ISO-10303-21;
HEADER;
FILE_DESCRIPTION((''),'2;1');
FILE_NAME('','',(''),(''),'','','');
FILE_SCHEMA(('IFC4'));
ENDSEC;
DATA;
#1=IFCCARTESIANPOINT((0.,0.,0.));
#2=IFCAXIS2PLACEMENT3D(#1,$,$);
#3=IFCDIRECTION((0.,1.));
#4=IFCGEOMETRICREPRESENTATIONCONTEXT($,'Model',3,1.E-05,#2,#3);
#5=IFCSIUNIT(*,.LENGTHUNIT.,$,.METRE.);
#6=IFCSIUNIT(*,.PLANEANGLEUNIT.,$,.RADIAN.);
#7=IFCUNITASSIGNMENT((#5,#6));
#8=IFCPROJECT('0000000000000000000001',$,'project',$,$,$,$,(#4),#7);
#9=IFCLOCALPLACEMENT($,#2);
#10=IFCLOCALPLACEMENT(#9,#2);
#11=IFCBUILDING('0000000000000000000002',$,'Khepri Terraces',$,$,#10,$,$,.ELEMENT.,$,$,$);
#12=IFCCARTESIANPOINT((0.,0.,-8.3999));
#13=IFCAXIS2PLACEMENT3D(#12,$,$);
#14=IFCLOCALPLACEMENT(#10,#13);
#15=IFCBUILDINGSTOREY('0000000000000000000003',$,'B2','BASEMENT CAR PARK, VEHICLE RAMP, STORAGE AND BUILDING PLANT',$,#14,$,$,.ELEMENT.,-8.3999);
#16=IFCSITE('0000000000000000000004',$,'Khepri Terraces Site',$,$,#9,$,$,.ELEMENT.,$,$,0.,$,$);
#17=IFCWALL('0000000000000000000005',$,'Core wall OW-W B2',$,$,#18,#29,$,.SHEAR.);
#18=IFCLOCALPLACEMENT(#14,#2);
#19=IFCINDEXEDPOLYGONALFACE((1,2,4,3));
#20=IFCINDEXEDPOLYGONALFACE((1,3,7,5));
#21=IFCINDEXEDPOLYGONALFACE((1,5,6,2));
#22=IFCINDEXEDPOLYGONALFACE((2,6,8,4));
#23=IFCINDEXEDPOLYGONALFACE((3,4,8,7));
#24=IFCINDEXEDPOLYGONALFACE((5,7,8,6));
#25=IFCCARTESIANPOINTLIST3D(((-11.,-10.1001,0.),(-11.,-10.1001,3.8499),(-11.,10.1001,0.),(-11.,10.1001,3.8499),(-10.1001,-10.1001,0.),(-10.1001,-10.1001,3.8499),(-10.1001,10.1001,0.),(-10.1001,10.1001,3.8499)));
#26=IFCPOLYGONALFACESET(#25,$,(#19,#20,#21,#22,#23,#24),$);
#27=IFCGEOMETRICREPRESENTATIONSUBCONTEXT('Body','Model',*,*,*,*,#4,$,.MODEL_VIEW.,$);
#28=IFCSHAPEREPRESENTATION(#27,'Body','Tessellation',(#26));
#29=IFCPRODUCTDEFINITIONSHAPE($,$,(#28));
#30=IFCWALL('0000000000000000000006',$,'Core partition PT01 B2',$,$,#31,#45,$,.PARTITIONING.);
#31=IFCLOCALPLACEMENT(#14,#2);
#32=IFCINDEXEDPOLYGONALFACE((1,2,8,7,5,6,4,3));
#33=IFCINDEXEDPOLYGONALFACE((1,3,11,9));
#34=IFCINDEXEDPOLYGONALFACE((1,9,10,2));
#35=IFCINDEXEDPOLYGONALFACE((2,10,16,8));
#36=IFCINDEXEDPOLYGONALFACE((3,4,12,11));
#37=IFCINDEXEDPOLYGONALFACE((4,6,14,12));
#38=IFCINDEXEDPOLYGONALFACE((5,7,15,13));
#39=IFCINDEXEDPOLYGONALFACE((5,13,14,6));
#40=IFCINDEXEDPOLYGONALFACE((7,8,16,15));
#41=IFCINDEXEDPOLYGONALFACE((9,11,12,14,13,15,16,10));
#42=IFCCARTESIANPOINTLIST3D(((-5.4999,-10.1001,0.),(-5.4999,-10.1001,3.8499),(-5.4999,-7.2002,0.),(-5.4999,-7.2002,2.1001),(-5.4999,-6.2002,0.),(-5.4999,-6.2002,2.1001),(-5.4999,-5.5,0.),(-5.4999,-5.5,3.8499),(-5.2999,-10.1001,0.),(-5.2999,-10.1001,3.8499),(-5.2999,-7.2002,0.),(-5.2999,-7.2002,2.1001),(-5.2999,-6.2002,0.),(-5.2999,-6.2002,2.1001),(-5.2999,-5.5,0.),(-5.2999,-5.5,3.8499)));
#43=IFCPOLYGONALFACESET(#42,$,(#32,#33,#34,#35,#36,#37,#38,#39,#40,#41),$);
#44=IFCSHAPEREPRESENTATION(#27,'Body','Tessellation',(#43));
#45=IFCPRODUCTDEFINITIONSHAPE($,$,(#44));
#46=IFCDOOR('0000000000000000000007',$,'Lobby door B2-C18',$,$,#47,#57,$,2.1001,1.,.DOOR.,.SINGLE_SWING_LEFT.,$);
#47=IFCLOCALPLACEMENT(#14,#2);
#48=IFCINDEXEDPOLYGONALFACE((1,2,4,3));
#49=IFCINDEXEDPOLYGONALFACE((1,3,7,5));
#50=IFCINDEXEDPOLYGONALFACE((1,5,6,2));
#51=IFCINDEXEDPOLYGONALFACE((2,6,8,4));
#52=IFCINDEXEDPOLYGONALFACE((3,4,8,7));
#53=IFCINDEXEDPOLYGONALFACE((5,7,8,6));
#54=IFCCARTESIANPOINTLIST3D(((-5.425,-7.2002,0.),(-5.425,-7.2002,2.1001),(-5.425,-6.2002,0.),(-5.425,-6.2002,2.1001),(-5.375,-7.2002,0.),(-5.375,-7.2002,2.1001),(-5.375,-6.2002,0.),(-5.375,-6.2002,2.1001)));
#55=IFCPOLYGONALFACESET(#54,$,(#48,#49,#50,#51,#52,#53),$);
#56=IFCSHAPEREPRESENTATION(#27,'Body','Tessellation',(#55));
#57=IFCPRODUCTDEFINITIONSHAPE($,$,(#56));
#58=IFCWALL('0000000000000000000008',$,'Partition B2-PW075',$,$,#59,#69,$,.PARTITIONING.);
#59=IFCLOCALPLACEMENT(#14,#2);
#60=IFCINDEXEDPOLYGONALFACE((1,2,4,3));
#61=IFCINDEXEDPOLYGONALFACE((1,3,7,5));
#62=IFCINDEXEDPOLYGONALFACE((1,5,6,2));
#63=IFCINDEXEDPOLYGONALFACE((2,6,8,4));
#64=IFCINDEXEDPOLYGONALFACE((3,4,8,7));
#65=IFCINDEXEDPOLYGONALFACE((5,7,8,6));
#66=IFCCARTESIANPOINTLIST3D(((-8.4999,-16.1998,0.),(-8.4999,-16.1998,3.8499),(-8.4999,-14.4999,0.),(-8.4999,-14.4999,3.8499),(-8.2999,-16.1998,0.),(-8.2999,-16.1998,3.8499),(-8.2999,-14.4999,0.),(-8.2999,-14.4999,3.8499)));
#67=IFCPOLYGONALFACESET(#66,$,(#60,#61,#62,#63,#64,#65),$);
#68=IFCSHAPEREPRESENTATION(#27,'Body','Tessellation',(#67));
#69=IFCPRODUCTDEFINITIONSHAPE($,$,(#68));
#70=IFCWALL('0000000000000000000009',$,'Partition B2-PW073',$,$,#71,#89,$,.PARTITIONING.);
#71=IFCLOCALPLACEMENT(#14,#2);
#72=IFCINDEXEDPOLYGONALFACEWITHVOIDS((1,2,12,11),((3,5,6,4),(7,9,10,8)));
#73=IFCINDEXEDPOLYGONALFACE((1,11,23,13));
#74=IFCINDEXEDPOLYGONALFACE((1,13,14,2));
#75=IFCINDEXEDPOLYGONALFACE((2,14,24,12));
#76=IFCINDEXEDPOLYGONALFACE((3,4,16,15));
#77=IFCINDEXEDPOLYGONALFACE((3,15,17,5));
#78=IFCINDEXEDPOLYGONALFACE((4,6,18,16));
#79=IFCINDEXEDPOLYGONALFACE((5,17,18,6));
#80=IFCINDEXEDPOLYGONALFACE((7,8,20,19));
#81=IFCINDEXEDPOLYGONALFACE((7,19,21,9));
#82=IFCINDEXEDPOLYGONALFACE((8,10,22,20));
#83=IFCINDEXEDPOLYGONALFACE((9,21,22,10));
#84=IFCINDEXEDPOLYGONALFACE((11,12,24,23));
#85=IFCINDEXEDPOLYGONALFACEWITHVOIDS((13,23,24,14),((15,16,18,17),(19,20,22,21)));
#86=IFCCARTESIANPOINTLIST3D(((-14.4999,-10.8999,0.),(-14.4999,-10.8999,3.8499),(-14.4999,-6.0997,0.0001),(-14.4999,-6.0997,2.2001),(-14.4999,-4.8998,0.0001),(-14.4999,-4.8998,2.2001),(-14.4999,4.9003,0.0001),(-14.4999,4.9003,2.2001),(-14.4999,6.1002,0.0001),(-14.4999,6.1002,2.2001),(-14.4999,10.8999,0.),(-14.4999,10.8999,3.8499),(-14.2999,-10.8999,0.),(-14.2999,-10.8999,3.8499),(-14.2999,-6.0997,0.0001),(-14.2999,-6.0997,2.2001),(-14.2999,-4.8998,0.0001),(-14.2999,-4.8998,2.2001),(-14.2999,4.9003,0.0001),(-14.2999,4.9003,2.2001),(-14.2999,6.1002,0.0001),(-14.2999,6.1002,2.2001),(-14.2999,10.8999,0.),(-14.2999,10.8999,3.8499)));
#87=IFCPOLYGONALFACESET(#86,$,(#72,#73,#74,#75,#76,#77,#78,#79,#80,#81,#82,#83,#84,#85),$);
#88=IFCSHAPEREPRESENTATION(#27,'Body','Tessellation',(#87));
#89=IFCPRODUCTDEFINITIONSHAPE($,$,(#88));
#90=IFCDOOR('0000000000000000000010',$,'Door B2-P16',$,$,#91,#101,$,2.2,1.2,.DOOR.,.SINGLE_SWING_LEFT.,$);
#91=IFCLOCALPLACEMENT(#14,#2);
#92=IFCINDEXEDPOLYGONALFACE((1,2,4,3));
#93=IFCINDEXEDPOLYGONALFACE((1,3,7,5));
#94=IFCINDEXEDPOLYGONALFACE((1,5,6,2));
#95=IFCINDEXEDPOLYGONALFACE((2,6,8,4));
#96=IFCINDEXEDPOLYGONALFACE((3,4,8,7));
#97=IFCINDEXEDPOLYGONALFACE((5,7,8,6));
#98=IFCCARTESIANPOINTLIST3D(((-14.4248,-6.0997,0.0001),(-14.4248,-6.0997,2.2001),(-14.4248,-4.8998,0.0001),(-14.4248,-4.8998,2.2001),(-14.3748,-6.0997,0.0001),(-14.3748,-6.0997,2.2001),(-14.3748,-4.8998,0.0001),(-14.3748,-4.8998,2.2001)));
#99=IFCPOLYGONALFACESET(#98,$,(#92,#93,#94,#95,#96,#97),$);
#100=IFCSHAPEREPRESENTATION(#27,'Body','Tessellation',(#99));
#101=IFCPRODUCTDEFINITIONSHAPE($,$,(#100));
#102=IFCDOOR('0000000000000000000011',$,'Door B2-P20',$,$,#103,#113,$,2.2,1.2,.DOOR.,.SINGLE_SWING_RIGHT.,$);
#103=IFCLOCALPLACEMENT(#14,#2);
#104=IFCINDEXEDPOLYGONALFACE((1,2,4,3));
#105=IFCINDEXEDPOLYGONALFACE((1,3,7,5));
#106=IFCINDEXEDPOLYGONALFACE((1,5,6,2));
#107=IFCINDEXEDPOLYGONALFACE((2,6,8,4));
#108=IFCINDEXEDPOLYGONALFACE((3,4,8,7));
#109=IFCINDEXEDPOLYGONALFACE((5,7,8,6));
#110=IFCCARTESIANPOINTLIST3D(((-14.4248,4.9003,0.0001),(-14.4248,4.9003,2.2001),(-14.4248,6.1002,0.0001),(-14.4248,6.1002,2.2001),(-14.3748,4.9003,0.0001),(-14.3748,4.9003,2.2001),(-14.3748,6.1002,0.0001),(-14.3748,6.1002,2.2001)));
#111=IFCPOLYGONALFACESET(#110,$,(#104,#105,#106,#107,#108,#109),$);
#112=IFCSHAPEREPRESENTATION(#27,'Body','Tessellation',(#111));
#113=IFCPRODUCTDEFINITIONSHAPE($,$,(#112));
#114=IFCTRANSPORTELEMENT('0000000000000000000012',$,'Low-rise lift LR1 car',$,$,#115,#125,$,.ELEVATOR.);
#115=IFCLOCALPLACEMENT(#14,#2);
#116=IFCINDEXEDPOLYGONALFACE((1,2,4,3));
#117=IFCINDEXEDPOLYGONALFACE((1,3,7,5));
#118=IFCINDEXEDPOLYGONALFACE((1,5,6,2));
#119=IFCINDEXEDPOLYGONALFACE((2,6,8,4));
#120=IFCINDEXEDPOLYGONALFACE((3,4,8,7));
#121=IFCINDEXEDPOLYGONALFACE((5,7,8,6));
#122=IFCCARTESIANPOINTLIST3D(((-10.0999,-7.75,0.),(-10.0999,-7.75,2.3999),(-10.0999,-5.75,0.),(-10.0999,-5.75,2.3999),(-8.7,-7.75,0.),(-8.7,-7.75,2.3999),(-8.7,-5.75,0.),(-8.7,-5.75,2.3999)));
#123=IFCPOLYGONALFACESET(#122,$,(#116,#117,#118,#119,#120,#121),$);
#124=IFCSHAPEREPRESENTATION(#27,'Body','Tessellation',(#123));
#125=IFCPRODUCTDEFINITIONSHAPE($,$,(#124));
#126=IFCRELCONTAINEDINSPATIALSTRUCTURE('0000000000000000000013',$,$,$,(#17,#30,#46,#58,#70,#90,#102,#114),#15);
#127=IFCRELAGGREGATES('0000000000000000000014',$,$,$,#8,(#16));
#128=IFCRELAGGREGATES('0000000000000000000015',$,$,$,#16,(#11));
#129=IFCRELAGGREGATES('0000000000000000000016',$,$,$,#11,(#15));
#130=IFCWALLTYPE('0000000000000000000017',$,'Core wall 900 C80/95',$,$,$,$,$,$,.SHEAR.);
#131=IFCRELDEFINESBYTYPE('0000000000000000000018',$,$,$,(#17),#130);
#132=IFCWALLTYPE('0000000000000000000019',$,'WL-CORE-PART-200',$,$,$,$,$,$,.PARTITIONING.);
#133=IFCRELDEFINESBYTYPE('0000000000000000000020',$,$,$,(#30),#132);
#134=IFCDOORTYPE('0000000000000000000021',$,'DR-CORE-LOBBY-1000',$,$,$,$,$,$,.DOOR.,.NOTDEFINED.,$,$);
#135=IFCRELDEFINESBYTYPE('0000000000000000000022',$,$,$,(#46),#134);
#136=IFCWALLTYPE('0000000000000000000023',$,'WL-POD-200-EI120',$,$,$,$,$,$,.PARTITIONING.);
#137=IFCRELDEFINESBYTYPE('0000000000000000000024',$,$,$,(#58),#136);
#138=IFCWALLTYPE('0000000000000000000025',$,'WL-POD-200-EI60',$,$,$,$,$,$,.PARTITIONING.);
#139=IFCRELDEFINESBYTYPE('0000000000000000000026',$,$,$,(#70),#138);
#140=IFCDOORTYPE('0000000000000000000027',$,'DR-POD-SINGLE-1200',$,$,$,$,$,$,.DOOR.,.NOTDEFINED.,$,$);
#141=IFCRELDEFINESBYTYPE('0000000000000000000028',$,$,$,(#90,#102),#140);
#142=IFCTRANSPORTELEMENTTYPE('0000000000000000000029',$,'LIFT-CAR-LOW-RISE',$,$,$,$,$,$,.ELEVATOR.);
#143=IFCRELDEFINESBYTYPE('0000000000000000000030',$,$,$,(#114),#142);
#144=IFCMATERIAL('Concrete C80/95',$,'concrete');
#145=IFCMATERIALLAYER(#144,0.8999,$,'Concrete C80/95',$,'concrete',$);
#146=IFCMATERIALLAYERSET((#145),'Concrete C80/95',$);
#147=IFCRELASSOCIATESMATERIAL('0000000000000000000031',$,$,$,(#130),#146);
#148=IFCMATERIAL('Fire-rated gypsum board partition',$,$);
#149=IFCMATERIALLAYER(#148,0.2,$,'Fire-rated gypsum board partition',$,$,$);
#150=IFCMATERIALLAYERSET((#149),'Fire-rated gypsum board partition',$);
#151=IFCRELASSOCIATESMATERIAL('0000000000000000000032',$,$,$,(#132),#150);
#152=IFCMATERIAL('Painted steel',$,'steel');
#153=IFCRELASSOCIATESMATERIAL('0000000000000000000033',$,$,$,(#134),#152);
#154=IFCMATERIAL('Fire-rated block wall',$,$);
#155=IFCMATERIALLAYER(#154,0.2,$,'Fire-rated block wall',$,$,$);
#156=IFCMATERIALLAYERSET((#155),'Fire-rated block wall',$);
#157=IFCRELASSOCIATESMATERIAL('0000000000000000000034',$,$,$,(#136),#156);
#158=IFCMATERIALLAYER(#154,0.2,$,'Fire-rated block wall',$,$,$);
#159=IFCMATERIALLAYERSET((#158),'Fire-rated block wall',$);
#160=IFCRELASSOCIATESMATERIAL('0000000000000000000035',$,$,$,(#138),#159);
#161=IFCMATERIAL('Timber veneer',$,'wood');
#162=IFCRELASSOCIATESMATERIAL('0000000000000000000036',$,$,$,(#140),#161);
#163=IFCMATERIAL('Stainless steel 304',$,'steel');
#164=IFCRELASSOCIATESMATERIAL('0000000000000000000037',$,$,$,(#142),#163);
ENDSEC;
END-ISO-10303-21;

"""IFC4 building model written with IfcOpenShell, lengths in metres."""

from ifc_helpers import new_model, si_unit, direction, frame, frame_2d, origin, origin_2d, place, context, subcontext, project, spatial, rectangle, extrude, material, layer, layer_set, type_object, element, fill, save


model = new_model("IFC4")

# Units and contexts
model_context = context("Model", 3, precision=1e-05, world=origin(), true_north=direction((0.0, 1.0)))
body_context = subcontext(model_context, "Body", "Model", "MODEL_VIEW")
ifc_project = project(units=[si_unit("LENGTHUNIT", "METRE"), si_unit("PLANEANGLEUNIT", "RADIAN")], contexts=[model_context])

# Site, building, storey
site_placement = place(None, origin())
site = spatial("IfcSite", under=ifc_project, at=site_placement, Name="Khepri Terraces Site", CompositionType="ELEMENT", RefElevation=0.0)
building_placement = place(site_placement, origin())
building = spatial("IfcBuilding", under=site, at=building_placement, Name="Khepri Terraces", CompositionType="ELEMENT")
storey_placement = place(building_placement, frame((0.0, 0.0, -8.3999)))
storey = spatial("IfcBuildingStorey", under=building, at=storey_placement, Name="B2", Description="BASEMENT CAR PARK, VEHICLE RAMP, STORAGE AND BUILDING PLANT", CompositionType="ELEMENT", Elevation=-8.3999)

# Shared definitions
ifc_material_1 = material(Name="Concrete C80/95", Category="concrete")

# Shared definitions
ifc_material_2 = material(Name="Stainless steel 304", Category="steel")

# Shared definitions
ifc_layer_1 = layer(ifc_material_1, 0.8999, Name="Concrete C80/95", Category="concrete")
ifc_layer_set_1 = layer_set([ifc_layer_1], Name="Concrete C80/95")
wall_type_1 = type_object("IfcWallType", Name="Core wall 900 C80/95", PredefinedType="SHEAR", material=ifc_layer_set_1)
ifc_material_3 = material(Name="Painted steel", Category="steel")

# Wall
wall_1_placement = place(storey_placement, frame((-10.55, -10.1001, 0.0), z_axis=(0.0, 0.0, 1.0), x_axis=(0.0, 1.0, 0.0)))
element("IfcWall", 1, at=wall_1_placement, inside=storey, type_object=wall_type_1, Name="Core wall OW-W B2", PredefinedType="SHEAR", context=body_context, shape_type="SweptSolid", body=[
    extrude(rectangle(XDim=20.2002, YDim=0.8999, at=frame_2d((10.1001, 0.0))), origin(), (0.0, 0.0, 1.0), 3.8499),
])

# Wall, opening, door
ifc_material_4 = material(Name="Fire-rated gypsum board partition")
ifc_layer_2 = layer(ifc_material_4, 0.2, Name="Fire-rated gypsum board partition")
ifc_layer_set_2 = layer_set([ifc_layer_2], Name="Fire-rated gypsum board partition")
wall_type_2 = type_object("IfcWallType", Name="WL-CORE-PART-200", PredefinedType="PARTITIONING", material=ifc_layer_set_2)
wall_2_placement = place(storey_placement, frame((-5.3999, -10.1001, 0.0), z_axis=(0.0, 0.0, 1.0), x_axis=(0.0, 1.0, 0.0)))
wall_2 = element("IfcWall", 2, at=wall_2_placement, inside=storey, type_object=wall_type_2, Name="Core partition PT01 B2", PredefinedType="PARTITIONING", context=body_context, shape_type="SweptSolid", body=[
    extrude(rectangle(XDim=4.6001, YDim=0.2, at=frame_2d((2.3, 0.0))), origin(), (0.0, 0.0, 1.0), 3.8499),
])
opening_1_placement = place(wall_2_placement, frame((2.8999, 0.0, 0.0)))
opening_1 = element("IfcOpeningElement", 3, at=opening_1_placement, cuts=wall_2, PredefinedType="OPENING", context=body_context, shape_type="SweptSolid", body=[
    extrude(rectangle(XDim=1.0, YDim=2.1001, at=frame_2d((0.5, 1.05))), frame((0.0, 0.1099, 0.0), z_axis=(0.0, -1.0, 0.0), x_axis=(1.0, 0.0, 0.0)), (0.0, 0.0, 1.0), 0.22),
])
door_type_1 = type_object("IfcDoorType", Name="DR-CORE-LOBBY-1000", OperationType="NOTDEFINED", PredefinedType="DOOR", material=ifc_material_3)
door_1_placement = place(opening_1_placement, frame((1.0, 0.0, 0.0), z_axis=(0.0, 0.0, 1.0), x_axis=(-1.0, 0.0, 0.0)))
door_1 = element("IfcDoor", 4, at=door_1_placement, inside=storey, type_object=door_type_1, Name="Lobby door B2-C18", OperationType="SINGLE_SWING_LEFT", OverallHeight=2.1001, OverallWidth=1.0, PredefinedType="DOOR", context=body_context, shape_type="SweptSolid", body=[
    extrude(rectangle(XDim=1.0, YDim=2.1001, at=frame_2d((0.5, 1.05))), frame((0.0, 0.0249, 0.0), z_axis=(0.0, -1.0, 0.0), x_axis=(1.0, 0.0, 0.0)), (0.0, 0.0, 1.0), 0.05),
])
fill(opening_1, door_1)

# Wall
ifc_material_5 = material(Name="Fire-rated block wall")
ifc_layer_3 = layer(ifc_material_5, 0.2, Name="Fire-rated block wall")
ifc_layer_set_3 = layer_set([ifc_layer_3], Name="Fire-rated block wall")
wall_type_3 = type_object("IfcWallType", Name="WL-POD-200-EI120", PredefinedType="PARTITIONING", material=ifc_layer_set_3)
wall_3_placement = place(storey_placement, frame((-8.3999, -16.2, 0.0), z_axis=(0.0, 0.0, 1.0), x_axis=(0.0, 1.0, 0.0)))
element("IfcWall", 5, at=wall_3_placement, inside=storey, type_object=wall_type_3, Name="Partition B2-PW075", PredefinedType="PARTITIONING", context=body_context, shape_type="SweptSolid", body=[
    extrude(rectangle(XDim=1.7, YDim=0.2, at=frame_2d((0.8501, 0.0))), origin(), (0.0, 0.0, 1.0), 3.8499),
])

# Wall, openings, doors
ifc_layer_4 = layer(ifc_material_5, 0.2, Name="Fire-rated block wall")
ifc_layer_set_4 = layer_set([ifc_layer_4], Name="Fire-rated block wall")
wall_type_4 = type_object("IfcWallType", Name="WL-POD-200-EI60", PredefinedType="PARTITIONING", material=ifc_layer_set_4)
wall_4_placement = place(storey_placement, frame((-14.3999, -10.8999, 0.0), z_axis=(0.0, 0.0, 1.0), x_axis=(0.0, 1.0, 0.0)))
wall_4 = element("IfcWall", 6, at=wall_4_placement, inside=storey, type_object=wall_type_4, Name="Partition B2-PW073", PredefinedType="PARTITIONING", context=body_context, shape_type="SweptSolid", body=[
    extrude(rectangle(XDim=21.7998, YDim=0.2, at=frame_2d((10.8999, 0.0))), origin(), (0.0, 0.0, 1.0), 3.8499),
])
opening_2_placement = place(wall_4_placement, frame((4.8, 0.0, 0.0)))
opening_2 = element("IfcOpeningElement", 7, at=opening_2_placement, cuts=wall_4, PredefinedType="OPENING", context=body_context, shape_type="SweptSolid", body=[
    extrude(rectangle(XDim=1.2, YDim=2.2, at=frame_2d((0.6001, 1.1001))), frame((0.0, 0.1099, 0.0), z_axis=(0.0, -1.0, 0.0), x_axis=(1.0, 0.0, 0.0)), (0.0, 0.0, 1.0), 0.22),
])
opening_3_placement = place(wall_4_placement, frame((15.8, 0.0, 0.0)))
opening_3 = element("IfcOpeningElement", 8, at=opening_3_placement, cuts=wall_4, PredefinedType="OPENING", context=body_context, shape_type="SweptSolid", body=[
    extrude(rectangle(XDim=1.2, YDim=2.2, at=frame_2d((0.6001, 1.1001))), frame((0.0, 0.1099, 0.0), z_axis=(0.0, -1.0, 0.0), x_axis=(1.0, 0.0, 0.0)), (0.0, 0.0, 1.0), 0.22),
])
ifc_material_6 = material(Name="Timber veneer", Category="wood")
door_type_2 = type_object("IfcDoorType", Name="DR-POD-SINGLE-1200", OperationType="NOTDEFINED", PredefinedType="DOOR", material=ifc_material_6)
door_2_placement = place(opening_2_placement, origin())
door_2 = element("IfcDoor", 9, at=door_2_placement, inside=storey, type_object=door_type_2, Name="Door B2-P16", OperationType="SINGLE_SWING_LEFT", OverallHeight=2.2, OverallWidth=1.2, PredefinedType="DOOR", context=body_context, shape_type="SweptSolid", body=[
    extrude(rectangle(XDim=1.2, YDim=2.2, at=frame_2d((0.6001, 1.1001))), frame((0.0, 0.0249, 0.0), z_axis=(0.0, -1.0, 0.0), x_axis=(1.0, 0.0, 0.0)), (0.0, 0.0, 1.0), 0.05),
])
fill(opening_2, door_2)
door_3_placement = place(opening_3_placement, origin())
door_3 = element("IfcDoor", 10, at=door_3_placement, inside=storey, type_object=door_type_2, Name="Door B2-P20", OperationType="SINGLE_SWING_RIGHT", OverallHeight=2.2, OverallWidth=1.2, PredefinedType="DOOR", context=body_context, shape_type="SweptSolid", body=[
    extrude(rectangle(XDim=1.2, YDim=2.2, at=frame_2d((0.6001, 1.1001))), frame((0.0, 0.0249, 0.0), z_axis=(0.0, -1.0, 0.0), x_axis=(1.0, 0.0, 0.0)), (0.0, 0.0, 1.0), 0.05),
])
fill(opening_3, door_3)

# Transport element
transport_element_type = type_object("IfcTransportElementType", Name="LIFT-CAR-LOW-RISE", PredefinedType="ELEVATOR", material=ifc_material_2)
transport_element_placement = place(storey_placement, frame((-9.3999, -6.75, 0.0), z_axis=(0.0, 0.0, 1.0), x_axis=(1.0, 0.0, 0.0)))
element("IfcTransportElement", 11, at=transport_element_placement, inside=storey, type_object=transport_element_type, Name="Low-rise lift LR1 car", PredefinedType="ELEVATOR", context=body_context, shape_type="SweptSolid", body=[
    extrude(rectangle(XDim=1.3999, YDim=2.0, at=origin_2d()), origin(), (0.0, 0.0, 1.0), 2.3999),
])

save(model, "model.ifc")
